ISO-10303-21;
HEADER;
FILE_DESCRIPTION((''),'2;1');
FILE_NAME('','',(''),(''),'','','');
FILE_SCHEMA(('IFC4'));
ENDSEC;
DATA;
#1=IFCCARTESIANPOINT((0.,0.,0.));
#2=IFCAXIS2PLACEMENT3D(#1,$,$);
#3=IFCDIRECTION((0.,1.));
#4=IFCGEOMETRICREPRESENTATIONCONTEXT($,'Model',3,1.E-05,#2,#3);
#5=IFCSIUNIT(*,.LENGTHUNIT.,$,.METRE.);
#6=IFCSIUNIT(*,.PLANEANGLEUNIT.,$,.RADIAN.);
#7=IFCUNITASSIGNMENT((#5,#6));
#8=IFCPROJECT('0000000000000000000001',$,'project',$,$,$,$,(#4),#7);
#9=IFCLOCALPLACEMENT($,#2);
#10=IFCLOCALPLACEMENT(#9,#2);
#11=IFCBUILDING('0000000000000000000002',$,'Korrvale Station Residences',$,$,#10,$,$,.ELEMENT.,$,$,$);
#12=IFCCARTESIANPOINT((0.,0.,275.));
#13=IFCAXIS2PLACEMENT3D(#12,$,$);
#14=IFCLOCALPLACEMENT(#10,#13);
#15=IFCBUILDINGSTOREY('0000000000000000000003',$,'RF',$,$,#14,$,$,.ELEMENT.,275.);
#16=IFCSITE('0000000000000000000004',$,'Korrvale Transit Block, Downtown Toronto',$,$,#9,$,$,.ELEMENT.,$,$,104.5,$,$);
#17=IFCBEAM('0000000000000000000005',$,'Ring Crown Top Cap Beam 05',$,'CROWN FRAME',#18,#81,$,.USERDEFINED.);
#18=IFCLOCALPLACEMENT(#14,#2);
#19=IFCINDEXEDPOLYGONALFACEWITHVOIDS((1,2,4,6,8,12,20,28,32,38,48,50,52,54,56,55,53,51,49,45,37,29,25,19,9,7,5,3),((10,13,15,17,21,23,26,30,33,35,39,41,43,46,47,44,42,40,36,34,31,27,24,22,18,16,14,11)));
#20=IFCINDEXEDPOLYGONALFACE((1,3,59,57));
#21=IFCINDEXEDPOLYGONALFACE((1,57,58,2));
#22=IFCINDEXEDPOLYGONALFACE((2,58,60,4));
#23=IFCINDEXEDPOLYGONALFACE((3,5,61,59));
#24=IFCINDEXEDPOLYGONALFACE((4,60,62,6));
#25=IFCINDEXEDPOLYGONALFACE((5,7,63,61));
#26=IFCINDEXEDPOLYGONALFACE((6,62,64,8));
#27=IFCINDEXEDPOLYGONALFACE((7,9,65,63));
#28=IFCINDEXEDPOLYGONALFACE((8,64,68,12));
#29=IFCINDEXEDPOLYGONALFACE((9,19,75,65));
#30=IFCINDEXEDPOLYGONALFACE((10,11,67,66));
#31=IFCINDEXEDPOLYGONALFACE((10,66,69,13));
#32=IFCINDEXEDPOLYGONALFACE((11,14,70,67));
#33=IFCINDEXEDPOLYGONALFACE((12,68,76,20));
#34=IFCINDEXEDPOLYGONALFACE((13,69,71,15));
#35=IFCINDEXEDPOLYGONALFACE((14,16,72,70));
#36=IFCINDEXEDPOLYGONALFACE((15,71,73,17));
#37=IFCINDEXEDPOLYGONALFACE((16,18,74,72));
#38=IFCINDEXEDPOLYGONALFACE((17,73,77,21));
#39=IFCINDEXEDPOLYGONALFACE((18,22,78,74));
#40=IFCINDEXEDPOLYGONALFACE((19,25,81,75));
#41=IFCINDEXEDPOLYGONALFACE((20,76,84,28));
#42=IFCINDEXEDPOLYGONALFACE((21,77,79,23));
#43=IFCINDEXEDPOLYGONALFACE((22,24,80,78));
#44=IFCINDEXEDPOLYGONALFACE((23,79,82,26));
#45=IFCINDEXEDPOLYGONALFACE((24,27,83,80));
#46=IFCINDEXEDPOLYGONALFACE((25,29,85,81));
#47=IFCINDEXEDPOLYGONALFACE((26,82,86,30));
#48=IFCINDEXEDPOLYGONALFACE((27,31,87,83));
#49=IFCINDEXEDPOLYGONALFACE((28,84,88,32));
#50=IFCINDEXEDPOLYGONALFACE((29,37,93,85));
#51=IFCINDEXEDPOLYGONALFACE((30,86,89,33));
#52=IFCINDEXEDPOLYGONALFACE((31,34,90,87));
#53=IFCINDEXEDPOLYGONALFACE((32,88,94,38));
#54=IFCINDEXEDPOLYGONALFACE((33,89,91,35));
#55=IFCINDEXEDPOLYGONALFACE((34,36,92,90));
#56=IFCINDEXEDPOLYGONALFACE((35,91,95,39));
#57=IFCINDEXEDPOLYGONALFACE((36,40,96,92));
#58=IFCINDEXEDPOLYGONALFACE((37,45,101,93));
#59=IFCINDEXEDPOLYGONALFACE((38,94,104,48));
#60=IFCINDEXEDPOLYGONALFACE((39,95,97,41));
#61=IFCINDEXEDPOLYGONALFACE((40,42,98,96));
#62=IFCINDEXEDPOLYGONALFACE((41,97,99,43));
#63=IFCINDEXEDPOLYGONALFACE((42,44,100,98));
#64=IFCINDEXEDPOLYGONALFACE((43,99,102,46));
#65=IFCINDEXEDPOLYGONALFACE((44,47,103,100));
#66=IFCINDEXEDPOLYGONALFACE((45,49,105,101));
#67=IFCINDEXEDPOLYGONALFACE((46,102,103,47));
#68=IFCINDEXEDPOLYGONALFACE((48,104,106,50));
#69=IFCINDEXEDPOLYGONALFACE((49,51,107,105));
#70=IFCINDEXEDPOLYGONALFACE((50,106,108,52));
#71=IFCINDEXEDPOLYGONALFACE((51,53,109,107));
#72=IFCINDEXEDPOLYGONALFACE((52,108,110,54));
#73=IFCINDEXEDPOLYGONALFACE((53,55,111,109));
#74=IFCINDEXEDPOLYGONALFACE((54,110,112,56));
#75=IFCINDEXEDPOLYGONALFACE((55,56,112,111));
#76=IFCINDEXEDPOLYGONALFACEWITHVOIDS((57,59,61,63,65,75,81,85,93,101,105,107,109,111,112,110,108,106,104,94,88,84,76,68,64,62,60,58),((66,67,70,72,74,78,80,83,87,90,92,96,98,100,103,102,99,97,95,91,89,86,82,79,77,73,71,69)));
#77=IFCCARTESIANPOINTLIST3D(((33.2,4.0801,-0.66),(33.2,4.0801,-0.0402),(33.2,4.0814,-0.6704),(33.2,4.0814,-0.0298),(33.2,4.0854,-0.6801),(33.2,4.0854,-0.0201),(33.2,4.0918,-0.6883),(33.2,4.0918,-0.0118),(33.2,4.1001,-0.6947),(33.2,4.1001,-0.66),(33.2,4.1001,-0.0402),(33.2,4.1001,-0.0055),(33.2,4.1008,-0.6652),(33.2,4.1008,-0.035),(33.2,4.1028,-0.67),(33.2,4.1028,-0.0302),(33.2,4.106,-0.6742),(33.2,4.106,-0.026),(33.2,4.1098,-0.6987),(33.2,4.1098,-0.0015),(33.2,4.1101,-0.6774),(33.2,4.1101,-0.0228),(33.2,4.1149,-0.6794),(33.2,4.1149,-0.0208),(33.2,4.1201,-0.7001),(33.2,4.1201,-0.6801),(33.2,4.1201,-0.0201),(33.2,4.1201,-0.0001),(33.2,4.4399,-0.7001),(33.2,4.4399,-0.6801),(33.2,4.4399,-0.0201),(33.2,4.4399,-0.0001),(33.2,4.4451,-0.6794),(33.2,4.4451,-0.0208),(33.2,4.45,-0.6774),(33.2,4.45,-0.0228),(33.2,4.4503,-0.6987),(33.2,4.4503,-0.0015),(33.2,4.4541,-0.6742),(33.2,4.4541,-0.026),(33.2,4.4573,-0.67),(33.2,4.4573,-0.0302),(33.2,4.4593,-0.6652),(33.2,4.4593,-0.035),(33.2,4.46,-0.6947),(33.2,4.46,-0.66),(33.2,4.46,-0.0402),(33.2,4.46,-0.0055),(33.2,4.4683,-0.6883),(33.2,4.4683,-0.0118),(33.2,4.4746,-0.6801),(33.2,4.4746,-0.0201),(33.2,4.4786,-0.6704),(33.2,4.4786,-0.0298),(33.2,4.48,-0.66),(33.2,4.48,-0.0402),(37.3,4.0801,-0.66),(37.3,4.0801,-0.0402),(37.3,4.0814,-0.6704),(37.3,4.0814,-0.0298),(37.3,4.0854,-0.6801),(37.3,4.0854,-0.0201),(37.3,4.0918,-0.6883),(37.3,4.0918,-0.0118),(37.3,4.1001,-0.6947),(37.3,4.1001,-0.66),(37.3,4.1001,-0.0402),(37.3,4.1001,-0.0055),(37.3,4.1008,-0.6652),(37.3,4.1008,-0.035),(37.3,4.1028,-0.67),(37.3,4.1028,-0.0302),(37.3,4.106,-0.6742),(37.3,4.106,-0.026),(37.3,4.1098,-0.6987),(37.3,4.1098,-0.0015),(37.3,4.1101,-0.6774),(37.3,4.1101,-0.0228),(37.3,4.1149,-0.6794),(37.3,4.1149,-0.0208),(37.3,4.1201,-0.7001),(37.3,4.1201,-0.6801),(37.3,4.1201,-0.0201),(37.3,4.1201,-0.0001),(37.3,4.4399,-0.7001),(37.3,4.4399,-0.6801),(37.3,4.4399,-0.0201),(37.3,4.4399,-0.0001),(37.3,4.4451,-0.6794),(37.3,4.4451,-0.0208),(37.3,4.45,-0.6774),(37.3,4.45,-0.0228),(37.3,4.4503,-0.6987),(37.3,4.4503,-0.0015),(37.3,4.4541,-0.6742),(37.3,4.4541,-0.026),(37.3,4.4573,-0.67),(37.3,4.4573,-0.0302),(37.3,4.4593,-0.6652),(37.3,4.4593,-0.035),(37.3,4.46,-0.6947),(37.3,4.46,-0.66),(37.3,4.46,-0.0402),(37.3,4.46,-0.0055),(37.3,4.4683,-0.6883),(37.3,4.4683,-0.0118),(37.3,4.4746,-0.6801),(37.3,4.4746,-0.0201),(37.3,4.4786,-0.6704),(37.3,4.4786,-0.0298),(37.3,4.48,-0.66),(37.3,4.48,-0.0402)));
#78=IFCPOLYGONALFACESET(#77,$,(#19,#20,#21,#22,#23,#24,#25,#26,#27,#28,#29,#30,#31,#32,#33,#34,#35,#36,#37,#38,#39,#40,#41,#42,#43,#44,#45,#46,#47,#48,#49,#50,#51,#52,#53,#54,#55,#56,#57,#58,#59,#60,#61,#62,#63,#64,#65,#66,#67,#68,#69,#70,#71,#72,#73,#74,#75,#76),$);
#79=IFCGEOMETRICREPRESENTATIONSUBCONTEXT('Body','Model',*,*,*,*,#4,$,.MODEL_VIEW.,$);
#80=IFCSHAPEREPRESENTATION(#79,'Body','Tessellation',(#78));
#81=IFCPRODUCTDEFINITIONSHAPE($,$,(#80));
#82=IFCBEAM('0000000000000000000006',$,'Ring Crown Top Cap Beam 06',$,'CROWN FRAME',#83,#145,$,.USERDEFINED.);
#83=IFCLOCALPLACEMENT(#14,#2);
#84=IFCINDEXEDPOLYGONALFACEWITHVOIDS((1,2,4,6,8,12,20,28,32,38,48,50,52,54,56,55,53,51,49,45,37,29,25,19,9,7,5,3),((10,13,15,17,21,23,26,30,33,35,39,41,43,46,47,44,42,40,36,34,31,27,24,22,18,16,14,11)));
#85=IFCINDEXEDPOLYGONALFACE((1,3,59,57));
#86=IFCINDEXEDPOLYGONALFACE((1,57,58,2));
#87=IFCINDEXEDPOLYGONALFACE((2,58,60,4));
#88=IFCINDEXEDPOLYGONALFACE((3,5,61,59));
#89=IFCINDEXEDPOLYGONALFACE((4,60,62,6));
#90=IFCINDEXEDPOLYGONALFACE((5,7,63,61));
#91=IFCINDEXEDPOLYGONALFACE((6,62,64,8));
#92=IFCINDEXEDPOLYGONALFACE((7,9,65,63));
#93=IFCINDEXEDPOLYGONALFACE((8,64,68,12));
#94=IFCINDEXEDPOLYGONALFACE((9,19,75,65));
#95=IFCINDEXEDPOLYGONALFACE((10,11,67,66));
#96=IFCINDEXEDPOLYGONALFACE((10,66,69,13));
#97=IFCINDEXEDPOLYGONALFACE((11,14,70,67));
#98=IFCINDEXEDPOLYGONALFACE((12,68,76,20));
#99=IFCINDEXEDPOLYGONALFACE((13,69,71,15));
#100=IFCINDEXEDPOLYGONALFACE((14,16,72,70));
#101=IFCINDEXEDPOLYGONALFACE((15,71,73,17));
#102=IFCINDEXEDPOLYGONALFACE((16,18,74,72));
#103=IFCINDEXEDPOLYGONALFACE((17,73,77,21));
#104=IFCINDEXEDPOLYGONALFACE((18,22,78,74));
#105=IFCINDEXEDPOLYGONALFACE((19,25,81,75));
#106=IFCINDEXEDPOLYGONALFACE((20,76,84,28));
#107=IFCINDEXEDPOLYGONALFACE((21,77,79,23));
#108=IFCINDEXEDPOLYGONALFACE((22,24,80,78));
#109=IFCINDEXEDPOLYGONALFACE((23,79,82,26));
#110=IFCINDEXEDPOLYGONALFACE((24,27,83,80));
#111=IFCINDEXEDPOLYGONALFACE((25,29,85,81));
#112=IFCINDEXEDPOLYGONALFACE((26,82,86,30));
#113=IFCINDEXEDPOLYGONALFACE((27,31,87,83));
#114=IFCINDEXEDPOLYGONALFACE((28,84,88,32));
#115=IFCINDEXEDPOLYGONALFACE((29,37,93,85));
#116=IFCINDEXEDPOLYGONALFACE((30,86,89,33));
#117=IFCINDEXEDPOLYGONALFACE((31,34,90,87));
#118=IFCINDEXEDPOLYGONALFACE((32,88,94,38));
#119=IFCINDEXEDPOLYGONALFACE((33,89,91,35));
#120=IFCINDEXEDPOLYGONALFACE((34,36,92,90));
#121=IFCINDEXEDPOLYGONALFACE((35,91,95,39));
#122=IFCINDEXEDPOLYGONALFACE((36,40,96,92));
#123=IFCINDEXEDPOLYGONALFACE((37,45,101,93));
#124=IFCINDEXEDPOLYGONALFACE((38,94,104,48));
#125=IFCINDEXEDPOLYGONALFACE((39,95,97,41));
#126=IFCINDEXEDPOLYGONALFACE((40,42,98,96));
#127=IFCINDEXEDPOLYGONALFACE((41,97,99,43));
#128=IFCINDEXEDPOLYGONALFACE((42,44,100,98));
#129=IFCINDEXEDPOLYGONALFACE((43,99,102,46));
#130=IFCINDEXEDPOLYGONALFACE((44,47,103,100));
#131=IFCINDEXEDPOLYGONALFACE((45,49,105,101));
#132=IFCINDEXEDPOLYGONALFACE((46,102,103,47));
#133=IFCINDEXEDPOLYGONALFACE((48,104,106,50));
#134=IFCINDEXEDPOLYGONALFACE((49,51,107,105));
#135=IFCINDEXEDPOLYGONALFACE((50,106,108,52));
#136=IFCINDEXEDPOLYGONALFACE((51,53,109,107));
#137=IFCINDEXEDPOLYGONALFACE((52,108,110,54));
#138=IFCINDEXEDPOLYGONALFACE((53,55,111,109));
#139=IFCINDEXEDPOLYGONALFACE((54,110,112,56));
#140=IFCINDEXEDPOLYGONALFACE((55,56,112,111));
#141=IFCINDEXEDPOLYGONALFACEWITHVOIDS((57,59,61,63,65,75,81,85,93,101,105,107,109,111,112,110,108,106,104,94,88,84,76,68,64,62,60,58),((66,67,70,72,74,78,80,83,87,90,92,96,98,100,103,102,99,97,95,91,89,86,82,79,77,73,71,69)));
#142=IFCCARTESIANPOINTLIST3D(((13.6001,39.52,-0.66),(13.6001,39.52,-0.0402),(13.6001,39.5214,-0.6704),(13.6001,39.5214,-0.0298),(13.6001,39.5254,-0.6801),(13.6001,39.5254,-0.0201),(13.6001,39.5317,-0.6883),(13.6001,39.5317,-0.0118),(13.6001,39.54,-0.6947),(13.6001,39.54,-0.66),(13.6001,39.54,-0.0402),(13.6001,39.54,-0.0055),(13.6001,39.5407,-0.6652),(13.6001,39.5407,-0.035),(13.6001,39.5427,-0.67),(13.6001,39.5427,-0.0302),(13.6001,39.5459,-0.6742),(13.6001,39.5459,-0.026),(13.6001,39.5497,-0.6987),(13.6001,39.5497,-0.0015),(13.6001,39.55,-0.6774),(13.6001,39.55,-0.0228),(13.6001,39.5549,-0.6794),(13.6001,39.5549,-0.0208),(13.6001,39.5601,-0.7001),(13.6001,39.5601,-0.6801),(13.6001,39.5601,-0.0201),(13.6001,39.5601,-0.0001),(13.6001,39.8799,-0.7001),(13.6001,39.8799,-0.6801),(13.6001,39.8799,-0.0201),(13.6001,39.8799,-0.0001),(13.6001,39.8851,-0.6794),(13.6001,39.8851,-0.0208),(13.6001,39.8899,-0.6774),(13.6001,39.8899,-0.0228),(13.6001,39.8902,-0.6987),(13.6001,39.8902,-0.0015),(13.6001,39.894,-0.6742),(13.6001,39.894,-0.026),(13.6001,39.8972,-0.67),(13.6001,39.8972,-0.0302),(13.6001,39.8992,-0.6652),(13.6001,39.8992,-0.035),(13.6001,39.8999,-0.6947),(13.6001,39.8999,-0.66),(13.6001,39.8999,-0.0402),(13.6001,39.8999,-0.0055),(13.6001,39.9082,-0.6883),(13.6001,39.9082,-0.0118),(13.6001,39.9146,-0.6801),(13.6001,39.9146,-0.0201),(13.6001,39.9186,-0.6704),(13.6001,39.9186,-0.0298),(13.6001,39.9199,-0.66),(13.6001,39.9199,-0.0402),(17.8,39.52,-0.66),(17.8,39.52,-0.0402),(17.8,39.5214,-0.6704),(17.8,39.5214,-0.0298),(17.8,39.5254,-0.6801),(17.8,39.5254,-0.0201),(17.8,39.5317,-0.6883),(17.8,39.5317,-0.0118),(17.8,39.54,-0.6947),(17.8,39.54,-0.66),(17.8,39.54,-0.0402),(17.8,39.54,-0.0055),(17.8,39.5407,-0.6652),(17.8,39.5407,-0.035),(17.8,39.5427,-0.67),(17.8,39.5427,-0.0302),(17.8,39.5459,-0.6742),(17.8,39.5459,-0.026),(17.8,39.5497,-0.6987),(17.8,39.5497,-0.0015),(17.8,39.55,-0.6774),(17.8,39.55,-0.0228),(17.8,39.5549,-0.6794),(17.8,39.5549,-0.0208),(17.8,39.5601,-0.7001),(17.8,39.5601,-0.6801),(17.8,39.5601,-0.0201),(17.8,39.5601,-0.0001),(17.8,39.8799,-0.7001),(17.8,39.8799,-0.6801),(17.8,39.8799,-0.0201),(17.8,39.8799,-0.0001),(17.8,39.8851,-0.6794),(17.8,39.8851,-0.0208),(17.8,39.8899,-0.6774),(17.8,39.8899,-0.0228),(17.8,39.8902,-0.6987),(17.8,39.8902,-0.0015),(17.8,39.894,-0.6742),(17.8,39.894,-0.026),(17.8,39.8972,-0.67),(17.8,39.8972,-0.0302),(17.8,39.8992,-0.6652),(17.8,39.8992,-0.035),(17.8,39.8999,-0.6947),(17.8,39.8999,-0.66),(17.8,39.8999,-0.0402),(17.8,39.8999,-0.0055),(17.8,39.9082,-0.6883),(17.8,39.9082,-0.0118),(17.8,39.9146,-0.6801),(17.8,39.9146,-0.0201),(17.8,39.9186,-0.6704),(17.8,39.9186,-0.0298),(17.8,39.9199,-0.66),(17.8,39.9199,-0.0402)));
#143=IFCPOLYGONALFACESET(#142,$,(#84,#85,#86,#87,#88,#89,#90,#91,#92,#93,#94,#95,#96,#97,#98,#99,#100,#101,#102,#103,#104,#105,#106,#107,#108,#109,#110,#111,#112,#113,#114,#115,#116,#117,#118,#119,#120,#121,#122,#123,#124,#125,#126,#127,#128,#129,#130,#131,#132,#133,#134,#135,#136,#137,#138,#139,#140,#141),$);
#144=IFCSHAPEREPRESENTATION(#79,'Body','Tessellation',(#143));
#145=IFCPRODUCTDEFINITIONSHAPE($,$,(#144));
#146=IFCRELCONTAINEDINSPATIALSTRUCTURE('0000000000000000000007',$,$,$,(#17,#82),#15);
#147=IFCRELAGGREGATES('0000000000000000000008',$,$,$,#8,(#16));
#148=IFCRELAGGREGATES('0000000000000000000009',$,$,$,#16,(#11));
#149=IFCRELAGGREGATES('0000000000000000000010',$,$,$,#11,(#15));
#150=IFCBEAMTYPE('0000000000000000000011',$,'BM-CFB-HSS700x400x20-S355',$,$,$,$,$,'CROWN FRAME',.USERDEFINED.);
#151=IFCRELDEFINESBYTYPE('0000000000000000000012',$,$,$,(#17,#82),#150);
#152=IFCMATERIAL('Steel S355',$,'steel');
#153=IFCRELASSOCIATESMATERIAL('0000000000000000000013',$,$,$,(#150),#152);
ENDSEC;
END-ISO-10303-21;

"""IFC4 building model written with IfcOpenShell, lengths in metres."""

from ifc_helpers import new_model, si_unit, direction, frame, origin, origin_2d, place, context, subcontext, project, spatial, hollow_rectangle, extrude, material, material_profile, profile_set, type_object, element, save


model = new_model("IFC4")

# Units and contexts
model_context = context("Model", 3, precision=1e-05, world=origin(), true_north=direction((0.0, 1.0)))
body_context = subcontext(model_context, "Body", "Model", "MODEL_VIEW")
ifc_project = project(units=[si_unit("LENGTHUNIT", "METRE"), si_unit("PLANEANGLEUNIT", "RADIAN")], contexts=[model_context])

# Site, building, storey
site_placement = place(None, origin())
site = spatial("IfcSite", under=ifc_project, at=site_placement, Name="Korrvale Transit Block, Downtown Toronto", CompositionType="ELEMENT", RefElevation=104.5)
building_placement = place(site_placement, origin())
building = spatial("IfcBuilding", under=site, at=building_placement, Name="Korrvale Station Residences", CompositionType="ELEMENT")
storey_placement = place(building_placement, frame((0.0, 0.0, 275.0)))
storey = spatial("IfcBuildingStorey", under=building, at=storey_placement, Name="RF", CompositionType="ELEMENT", Elevation=275.0)

# Beams
ifc_material_1 = material(Name="Steel S355", Category="steel")
ifc_material_profile = material_profile(ifc_material_1, hollow_rectangle(XDim=0.3999, YDim=0.7, WallThickness=0.02, InnerFilletRadius=0.02, OuterFilletRadius=0.04, at=origin_2d()), Name="HSS700x400x20")
ifc_profile_set = profile_set([ifc_material_profile], Name="Steel S355")
beam_type = type_object("IfcBeamType", Name="BM-CFB-HSS700x400x20-S355", ElementType="CROWN FRAME", PredefinedType="USERDEFINED", material=ifc_profile_set)
beam_1_placement = place(storey_placement, frame((33.2, 4.28, -0.3501), z_axis=(1.0, 0.0, 0.0), x_axis=(0.0, 1.0, 0.0)))
element("IfcBeam", 1, at=beam_1_placement, inside=storey, type_object=beam_type, Name="Ring Crown Top Cap Beam 05", ObjectType="CROWN FRAME", PredefinedType="USERDEFINED", context=body_context, shape_type="SweptSolid", body=[
    extrude(hollow_rectangle(XDim=0.3999, YDim=0.7, WallThickness=0.02, InnerFilletRadius=0.02, OuterFilletRadius=0.04, at=origin_2d()), origin(), (0.0, 0.0, 1.0), 4.1001),
])
beam_2_placement = place(storey_placement, frame((13.6001, 39.72, -0.3501), z_axis=(1.0, 0.0, 0.0), x_axis=(0.0, 1.0, 0.0)))
element("IfcBeam", 2, at=beam_2_placement, inside=storey, type_object=beam_type, Name="Ring Crown Top Cap Beam 06", ObjectType="CROWN FRAME", PredefinedType="USERDEFINED", context=body_context, shape_type="SweptSolid", body=[
    extrude(hollow_rectangle(XDim=0.3999, YDim=0.7, WallThickness=0.02, InnerFilletRadius=0.02, OuterFilletRadius=0.04, at=origin_2d()), origin(), (0.0, 0.0, 1.0), 4.2),
])

save(model, "model.ifc")
